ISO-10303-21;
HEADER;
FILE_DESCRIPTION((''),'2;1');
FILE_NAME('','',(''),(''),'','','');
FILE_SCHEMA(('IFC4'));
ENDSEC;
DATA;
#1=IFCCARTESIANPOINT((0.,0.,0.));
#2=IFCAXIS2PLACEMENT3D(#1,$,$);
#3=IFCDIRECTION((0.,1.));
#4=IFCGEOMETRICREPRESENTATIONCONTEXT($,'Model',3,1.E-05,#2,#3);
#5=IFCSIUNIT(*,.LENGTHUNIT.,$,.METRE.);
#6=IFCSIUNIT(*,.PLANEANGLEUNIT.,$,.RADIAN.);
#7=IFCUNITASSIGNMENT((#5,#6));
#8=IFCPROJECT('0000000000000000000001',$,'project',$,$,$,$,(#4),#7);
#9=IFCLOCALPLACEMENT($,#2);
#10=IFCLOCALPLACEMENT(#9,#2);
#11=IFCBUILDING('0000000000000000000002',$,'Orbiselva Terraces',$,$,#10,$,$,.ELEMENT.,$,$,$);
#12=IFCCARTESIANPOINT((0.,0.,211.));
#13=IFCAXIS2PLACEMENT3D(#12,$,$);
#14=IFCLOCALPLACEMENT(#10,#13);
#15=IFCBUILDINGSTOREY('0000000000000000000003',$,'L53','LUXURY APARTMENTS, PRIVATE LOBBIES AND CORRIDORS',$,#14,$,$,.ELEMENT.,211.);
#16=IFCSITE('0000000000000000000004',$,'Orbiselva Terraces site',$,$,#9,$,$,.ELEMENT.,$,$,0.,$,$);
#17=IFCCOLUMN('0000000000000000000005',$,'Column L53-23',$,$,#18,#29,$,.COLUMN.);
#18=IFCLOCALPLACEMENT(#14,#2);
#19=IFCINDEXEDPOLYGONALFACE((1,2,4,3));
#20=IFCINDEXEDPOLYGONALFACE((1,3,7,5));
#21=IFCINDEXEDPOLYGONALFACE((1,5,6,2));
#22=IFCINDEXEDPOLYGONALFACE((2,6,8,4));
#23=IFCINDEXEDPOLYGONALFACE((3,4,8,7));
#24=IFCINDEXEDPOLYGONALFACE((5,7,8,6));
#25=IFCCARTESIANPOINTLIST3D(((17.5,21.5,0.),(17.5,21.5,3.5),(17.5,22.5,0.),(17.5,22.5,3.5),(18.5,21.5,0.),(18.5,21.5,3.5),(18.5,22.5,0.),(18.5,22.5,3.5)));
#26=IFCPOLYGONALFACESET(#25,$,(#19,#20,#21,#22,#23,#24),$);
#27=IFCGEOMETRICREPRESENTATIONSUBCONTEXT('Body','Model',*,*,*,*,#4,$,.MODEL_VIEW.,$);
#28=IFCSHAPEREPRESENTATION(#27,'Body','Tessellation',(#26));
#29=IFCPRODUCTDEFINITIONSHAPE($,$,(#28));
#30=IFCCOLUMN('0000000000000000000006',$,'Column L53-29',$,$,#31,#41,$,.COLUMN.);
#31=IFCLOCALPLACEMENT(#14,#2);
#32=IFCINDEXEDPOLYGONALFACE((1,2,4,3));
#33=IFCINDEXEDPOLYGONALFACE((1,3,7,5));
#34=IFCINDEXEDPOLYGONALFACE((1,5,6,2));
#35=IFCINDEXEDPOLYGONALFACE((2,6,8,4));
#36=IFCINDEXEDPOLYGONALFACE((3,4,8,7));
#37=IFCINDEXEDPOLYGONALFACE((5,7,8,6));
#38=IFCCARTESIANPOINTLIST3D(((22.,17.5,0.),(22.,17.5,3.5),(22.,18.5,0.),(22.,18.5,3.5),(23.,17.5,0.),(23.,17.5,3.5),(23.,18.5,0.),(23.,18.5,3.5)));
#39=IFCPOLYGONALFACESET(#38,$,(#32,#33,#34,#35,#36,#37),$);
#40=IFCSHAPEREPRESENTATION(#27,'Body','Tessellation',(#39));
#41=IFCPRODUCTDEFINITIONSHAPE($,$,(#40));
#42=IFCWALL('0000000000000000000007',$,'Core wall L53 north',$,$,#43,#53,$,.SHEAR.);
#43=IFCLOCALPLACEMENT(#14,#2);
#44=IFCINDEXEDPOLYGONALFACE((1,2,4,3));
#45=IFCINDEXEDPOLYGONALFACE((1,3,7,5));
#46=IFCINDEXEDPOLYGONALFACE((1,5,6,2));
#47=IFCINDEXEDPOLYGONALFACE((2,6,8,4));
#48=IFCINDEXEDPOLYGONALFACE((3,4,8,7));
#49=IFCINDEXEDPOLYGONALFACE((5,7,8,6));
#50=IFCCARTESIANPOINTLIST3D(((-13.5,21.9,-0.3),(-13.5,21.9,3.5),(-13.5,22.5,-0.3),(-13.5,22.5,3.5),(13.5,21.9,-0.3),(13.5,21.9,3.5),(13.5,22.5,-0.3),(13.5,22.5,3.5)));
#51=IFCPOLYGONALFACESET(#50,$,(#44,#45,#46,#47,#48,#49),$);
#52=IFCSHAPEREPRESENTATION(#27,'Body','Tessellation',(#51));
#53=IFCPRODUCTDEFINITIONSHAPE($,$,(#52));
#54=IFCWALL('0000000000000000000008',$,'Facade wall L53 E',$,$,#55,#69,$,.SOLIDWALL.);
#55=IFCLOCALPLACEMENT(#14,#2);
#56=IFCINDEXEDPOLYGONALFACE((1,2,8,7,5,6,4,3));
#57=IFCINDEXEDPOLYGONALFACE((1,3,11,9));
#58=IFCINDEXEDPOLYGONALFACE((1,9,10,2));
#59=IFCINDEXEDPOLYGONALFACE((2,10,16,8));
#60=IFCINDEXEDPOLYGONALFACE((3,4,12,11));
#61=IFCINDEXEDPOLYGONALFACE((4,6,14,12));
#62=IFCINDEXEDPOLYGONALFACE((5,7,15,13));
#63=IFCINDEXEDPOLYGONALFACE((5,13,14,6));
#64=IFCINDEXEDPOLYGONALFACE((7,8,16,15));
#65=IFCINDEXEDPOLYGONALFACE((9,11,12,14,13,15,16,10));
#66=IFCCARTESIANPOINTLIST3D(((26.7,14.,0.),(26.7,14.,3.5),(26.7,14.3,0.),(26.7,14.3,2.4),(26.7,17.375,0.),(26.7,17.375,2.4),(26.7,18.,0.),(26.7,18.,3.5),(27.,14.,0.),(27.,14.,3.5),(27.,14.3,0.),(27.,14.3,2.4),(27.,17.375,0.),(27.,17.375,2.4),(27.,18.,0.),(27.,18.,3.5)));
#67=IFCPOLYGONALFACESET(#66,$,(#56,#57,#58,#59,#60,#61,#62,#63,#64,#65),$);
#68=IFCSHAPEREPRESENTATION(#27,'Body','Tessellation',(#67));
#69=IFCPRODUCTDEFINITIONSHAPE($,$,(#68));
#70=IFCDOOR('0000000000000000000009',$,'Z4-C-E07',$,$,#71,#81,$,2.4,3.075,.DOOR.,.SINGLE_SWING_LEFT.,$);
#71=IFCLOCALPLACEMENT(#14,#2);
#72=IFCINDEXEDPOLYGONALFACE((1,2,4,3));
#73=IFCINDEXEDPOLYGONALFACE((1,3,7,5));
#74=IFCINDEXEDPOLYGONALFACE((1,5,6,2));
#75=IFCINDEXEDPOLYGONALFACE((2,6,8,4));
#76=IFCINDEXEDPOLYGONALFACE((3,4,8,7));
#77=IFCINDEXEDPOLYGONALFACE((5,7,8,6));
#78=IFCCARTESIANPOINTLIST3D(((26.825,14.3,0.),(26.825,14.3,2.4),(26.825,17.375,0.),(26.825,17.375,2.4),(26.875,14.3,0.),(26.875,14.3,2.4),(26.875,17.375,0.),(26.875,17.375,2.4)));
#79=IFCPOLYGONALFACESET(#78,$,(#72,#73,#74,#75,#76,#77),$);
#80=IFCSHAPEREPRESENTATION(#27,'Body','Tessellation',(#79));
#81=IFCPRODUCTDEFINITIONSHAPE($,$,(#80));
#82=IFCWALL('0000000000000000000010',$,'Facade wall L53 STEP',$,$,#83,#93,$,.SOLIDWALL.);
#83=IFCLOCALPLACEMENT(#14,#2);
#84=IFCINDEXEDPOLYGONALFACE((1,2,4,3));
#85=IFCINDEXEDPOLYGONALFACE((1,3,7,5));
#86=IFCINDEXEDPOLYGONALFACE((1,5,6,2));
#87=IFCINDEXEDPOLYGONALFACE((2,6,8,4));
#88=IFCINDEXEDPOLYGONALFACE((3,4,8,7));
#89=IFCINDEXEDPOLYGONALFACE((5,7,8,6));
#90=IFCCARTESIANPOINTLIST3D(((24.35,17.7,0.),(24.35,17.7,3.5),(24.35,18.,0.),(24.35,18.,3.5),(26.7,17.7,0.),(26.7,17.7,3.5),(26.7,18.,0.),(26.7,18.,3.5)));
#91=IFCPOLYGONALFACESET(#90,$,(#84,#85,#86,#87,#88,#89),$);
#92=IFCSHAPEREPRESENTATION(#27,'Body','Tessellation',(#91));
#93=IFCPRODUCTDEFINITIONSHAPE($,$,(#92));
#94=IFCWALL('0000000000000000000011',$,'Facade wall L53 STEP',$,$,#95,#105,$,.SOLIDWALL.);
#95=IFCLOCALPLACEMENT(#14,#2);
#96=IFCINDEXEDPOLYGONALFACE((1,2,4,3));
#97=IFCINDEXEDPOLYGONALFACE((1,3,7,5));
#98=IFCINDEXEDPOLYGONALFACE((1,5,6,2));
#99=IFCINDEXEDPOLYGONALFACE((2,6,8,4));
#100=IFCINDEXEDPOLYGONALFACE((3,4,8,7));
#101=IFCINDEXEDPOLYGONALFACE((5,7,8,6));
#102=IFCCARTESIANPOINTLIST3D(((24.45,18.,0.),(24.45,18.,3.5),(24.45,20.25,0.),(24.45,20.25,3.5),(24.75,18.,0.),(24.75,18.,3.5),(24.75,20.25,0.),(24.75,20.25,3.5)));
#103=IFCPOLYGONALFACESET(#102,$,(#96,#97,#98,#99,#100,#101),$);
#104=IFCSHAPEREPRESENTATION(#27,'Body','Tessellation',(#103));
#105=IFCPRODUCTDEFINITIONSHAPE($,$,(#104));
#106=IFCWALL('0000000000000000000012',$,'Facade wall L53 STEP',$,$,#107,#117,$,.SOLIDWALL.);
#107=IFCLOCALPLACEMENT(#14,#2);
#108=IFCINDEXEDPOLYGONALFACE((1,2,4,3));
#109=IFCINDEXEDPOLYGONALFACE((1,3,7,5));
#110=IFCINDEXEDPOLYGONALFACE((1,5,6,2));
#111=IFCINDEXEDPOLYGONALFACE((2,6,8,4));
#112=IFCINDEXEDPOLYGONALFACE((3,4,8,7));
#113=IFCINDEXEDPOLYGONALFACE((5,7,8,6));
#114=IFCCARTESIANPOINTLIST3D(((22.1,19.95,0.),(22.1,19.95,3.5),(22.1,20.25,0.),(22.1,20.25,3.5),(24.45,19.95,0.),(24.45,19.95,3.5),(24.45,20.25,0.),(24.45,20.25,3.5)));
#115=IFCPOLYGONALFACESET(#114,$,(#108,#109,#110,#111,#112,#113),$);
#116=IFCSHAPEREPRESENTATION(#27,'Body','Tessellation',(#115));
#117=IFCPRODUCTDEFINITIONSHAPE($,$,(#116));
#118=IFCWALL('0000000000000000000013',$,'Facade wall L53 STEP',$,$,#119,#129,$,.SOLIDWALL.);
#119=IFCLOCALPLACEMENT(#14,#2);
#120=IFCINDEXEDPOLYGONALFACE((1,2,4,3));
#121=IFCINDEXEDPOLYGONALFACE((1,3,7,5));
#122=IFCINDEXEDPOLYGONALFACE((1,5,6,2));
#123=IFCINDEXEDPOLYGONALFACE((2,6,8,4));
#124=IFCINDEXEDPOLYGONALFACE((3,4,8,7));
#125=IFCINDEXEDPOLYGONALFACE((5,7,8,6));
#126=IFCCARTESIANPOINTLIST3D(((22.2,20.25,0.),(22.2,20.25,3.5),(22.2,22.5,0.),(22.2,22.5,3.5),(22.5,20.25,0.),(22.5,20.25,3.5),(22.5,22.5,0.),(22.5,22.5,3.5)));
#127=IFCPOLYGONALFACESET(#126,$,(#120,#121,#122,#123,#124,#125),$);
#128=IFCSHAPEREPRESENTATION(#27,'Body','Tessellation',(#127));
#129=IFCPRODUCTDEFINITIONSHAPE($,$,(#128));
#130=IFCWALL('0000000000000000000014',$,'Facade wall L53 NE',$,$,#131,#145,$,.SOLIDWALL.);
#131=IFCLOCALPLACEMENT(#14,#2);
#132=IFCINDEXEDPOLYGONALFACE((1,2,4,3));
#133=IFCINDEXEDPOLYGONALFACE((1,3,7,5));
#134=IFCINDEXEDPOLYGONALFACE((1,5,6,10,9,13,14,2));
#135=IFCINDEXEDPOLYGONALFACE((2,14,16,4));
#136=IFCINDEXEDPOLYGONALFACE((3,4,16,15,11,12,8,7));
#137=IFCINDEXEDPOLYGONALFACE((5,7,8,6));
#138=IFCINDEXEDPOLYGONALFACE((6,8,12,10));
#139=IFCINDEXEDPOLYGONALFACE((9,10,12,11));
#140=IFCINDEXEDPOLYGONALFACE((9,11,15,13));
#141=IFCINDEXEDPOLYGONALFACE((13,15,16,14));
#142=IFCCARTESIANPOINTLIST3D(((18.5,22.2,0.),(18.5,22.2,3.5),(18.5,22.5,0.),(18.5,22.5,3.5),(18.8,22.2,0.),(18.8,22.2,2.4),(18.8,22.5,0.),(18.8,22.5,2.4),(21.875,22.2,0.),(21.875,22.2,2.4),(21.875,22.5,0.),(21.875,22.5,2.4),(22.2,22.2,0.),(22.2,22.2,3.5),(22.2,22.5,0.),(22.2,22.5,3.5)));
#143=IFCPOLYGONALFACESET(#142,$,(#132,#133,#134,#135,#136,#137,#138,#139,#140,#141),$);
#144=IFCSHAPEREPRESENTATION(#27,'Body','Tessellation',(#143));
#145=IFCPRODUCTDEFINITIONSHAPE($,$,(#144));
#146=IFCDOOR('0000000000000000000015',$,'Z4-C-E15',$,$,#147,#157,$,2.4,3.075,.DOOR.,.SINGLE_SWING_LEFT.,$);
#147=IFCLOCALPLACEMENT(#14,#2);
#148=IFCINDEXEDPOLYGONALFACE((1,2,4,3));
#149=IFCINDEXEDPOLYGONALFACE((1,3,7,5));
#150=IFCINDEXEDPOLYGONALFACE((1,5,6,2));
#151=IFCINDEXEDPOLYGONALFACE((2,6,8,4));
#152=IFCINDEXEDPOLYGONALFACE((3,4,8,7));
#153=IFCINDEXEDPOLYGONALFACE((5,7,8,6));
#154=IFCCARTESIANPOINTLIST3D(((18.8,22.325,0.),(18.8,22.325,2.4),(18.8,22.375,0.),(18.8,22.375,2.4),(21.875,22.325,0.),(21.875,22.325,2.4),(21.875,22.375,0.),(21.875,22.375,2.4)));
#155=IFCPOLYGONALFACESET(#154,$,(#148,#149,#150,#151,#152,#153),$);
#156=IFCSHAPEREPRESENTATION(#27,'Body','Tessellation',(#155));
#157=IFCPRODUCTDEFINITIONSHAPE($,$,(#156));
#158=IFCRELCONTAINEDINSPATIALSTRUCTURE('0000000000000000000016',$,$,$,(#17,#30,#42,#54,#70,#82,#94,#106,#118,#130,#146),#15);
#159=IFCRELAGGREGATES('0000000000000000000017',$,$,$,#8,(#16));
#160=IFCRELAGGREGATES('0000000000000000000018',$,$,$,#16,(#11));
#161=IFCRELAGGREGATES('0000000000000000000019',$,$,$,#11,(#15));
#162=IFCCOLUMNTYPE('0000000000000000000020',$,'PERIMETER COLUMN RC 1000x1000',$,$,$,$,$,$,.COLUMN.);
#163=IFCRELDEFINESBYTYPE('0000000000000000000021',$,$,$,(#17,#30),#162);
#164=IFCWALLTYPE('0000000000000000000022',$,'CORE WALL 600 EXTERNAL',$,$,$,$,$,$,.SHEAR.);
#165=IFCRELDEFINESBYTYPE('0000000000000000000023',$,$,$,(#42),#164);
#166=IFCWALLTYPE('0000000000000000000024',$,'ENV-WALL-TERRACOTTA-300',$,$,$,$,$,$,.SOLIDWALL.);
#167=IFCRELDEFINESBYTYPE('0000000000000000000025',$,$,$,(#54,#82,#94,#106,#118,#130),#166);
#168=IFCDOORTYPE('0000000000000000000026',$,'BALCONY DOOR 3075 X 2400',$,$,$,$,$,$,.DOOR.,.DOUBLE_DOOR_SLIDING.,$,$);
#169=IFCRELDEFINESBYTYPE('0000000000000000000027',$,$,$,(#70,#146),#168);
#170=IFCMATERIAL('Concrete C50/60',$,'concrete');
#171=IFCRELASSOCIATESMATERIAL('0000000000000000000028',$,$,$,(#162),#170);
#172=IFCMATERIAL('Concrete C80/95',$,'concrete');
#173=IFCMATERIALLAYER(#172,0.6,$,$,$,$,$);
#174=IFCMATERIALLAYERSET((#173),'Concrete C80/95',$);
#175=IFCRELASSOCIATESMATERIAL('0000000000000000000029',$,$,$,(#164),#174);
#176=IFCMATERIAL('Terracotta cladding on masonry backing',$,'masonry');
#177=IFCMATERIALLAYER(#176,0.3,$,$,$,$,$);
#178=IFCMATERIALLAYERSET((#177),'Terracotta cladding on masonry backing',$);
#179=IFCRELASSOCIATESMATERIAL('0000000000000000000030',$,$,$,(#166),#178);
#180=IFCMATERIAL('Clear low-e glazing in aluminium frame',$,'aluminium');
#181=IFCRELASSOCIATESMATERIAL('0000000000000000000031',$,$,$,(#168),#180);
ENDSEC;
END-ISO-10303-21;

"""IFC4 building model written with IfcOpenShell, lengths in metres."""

from ifc_helpers import new_model, si_unit, direction, frame, frame_2d, origin, origin_2d, place, context, subcontext, project, spatial, rectangle, extrude, material, layer, layer_set, material_profile, profile_set, type_object, element, fill, save


model = new_model("IFC4")

# Units and contexts
model_context = context("Model", 3, precision=1e-05, world=origin(), true_north=direction((0.0, 1.0)))
body_context = subcontext(model_context, "Body", "Model", "MODEL_VIEW")
ifc_project = project(units=[si_unit("LENGTHUNIT", "METRE"), si_unit("PLANEANGLEUNIT", "RADIAN")], contexts=[model_context])

# Site, building, storey
site_placement = place(None, origin())
site = spatial("IfcSite", under=ifc_project, at=site_placement, Name="Orbiselva Terraces site", CompositionType="ELEMENT", RefElevation=0.0)
building_placement = place(site_placement, origin())
building = spatial("IfcBuilding", under=site, at=building_placement, Name="Orbiselva Terraces", CompositionType="ELEMENT")
storey_placement = place(building_placement, frame((0.0, 0.0, 211.0)))
storey = spatial("IfcBuildingStorey", under=building, at=storey_placement, Name="L53", Description="LUXURY APARTMENTS, PRIVATE LOBBIES AND CORRIDORS", CompositionType="ELEMENT", Elevation=211.0)

# Columns
ifc_material_1 = material(Name="Concrete C50/60", Category="concrete")
ifc_material_profile = material_profile(ifc_material_1, rectangle(XDim=1.0, YDim=1.0, at=origin_2d()), Name="RC 1000x1000")
ifc_profile_set = profile_set([ifc_material_profile], Name="Concrete C50/60")
column_type = type_object("IfcColumnType", Name="PERIMETER COLUMN RC 1000x1000", PredefinedType="COLUMN", material=ifc_profile_set)
for number, where, z_axis, x_axis, name in (
    (1, (18.0, 22.0, 0.0), (0.0, 0.0, 1.0), (1.0, 0.0, 0.0), "Column L53-23"),
    (2, (22.5, 18.0, 0.0), (0.0, 0.0, 1.0), (1.0, 0.0, 0.0), "Column L53-29"),
):
    element("IfcColumn", number, at=place(storey_placement, frame(where, z_axis=z_axis, x_axis=x_axis)), inside=storey, type_object=column_type, Name=name, PredefinedType="COLUMN", context=body_context, shape_type="SweptSolid", body=[
        extrude(rectangle(XDim=1.0, YDim=1.0, at=origin_2d()), origin(), (0.0, 0.0, 1.0), 3.5),
    ])

# Wall
ifc_material_2 = material(Name="Concrete C80/95", Category="concrete")
ifc_layer_1 = layer(ifc_material_2, 0.6)
ifc_layer_set_1 = layer_set([ifc_layer_1], Name="Concrete C80/95")
wall_type_1 = type_object("IfcWallType", Name="CORE WALL 600 EXTERNAL", PredefinedType="SHEAR", material=ifc_layer_set_1)
wall_1_placement = place(storey_placement, frame((13.5, 22.2, -0.3), z_axis=(0.0, 0.0, 1.0), x_axis=(-1.0, 0.0, 0.0)))
element("IfcWall", 3, at=wall_1_placement, inside=storey, type_object=wall_type_1, Name="Core wall L53 north", PredefinedType="SHEAR", context=body_context, shape_type="SweptSolid", body=[
    extrude(rectangle(XDim=27.0, YDim=0.6, at=frame_2d((13.5, 0.0))), origin(), (0.0, 0.0, 1.0), 3.8),
])

# Wall, opening, door
ifc_material_3 = material(Name="Terracotta cladding on masonry backing", Category="masonry")
ifc_layer_2 = layer(ifc_material_3, 0.3)
ifc_layer_set_2 = layer_set([ifc_layer_2], Name="Terracotta cladding on masonry backing")
wall_type_2 = type_object("IfcWallType", Name="ENV-WALL-TERRACOTTA-300", PredefinedType="SOLIDWALL", material=ifc_layer_set_2)
wall_2_placement = place(storey_placement, frame((26.85, 18.0, 0.0), z_axis=(0.0, 0.0, 1.0), x_axis=(0.0, -1.0, 0.0)))
wall_2 = element("IfcWall", 4, at=wall_2_placement, inside=storey, type_object=wall_type_2, Name="Facade wall L53 E", PredefinedType="SOLIDWALL", context=body_context, shape_type="SweptSolid", body=[
    extrude(rectangle(XDim=4.0, YDim=0.3, at=frame_2d((2.0, 0.0))), origin(), (0.0, 0.0, 1.0), 3.5),
])
opening_1_placement = place(wall_2_placement, frame((0.625, 0.0, 0.0)))
opening_1 = element("IfcOpeningElement", 5, at=opening_1_placement, cuts=wall_2, PredefinedType="OPENING", context=body_context, shape_type="SweptSolid", body=[
    extrude(rectangle(XDim=3.075, YDim=2.4, at=frame_2d((1.5375, 1.2))), frame((0.0, 0.16, 0.0), z_axis=(0.0, -1.0, 0.0), x_axis=(1.0, 0.0, 0.0)), (0.0, 0.0, 1.0), 0.32),
])
ifc_material_4 = material(Name="Clear low-e glazing in aluminium frame", Category="aluminium")
door_type_1 = type_object("IfcDoorType", Name="BALCONY DOOR 3075 X 2400", OperationType="DOUBLE_DOOR_SLIDING", PredefinedType="DOOR", material=ifc_material_4)
door_1_placement = place(opening_1_placement, origin())
door_1 = element("IfcDoor", 6, at=door_1_placement, inside=storey, type_object=door_type_1, Name="Z4-C-E07", OperationType="SINGLE_SWING_LEFT", OverallHeight=2.4, OverallWidth=3.075, PredefinedType="DOOR", context=body_context, shape_type="SweptSolid", body=[
    extrude(rectangle(XDim=3.075, YDim=2.4, at=frame_2d((1.5375, 1.2))), frame((0.0, 0.025, 0.0), z_axis=(0.0, -1.0, 0.0), x_axis=(1.0, 0.0, 0.0)), (0.0, 0.0, 1.0), 0.05),
])
fill(opening_1, door_1)

# Walls
wall_3_placement = place(storey_placement, frame((24.35, 17.85, 0.0), z_axis=(0.0, 0.0, 1.0), x_axis=(1.0, 0.0, 0.0)))
element("IfcWall", 7, at=wall_3_placement, inside=storey, type_object=wall_type_2, Name="Facade wall L53 STEP", PredefinedType="SOLIDWALL", context=body_context, shape_type="SweptSolid", body=[
    extrude(rectangle(XDim=2.35, YDim=0.3, at=frame_2d((1.175, 0.0))), origin(), (0.0, 0.0, 1.0), 3.5),
])
wall_4_placement = place(storey_placement, frame((24.6, 20.25, 0.0), z_axis=(0.0, 0.0, 1.0), x_axis=(0.0, -1.0, 0.0)))
element("IfcWall", 8, at=wall_4_placement, inside=storey, type_object=wall_type_2, Name="Facade wall L53 STEP", PredefinedType="SOLIDWALL", context=body_context, shape_type="SweptSolid", body=[
    extrude(rectangle(XDim=2.25, YDim=0.3, at=frame_2d((1.125, 0.0))), origin(), (0.0, 0.0, 1.0), 3.5),
])
wall_5_placement = place(storey_placement, frame((22.1, 20.1, 0.0), z_axis=(0.0, 0.0, 1.0), x_axis=(1.0, 0.0, 0.0)))
element("IfcWall", 9, at=wall_5_placement, inside=storey, type_object=wall_type_2, Name="Facade wall L53 STEP", PredefinedType="SOLIDWALL", context=body_context, shape_type="SweptSolid", body=[
    extrude(rectangle(XDim=2.35, YDim=0.3, at=frame_2d((1.175, 0.0))), origin(), (0.0, 0.0, 1.0), 3.5),
])
wall_6_placement = place(storey_placement, frame((22.35, 22.5, 0.0), z_axis=(0.0, 0.0, 1.0), x_axis=(0.0, -1.0, 0.0)))
element("IfcWall", 10, at=wall_6_placement, inside=storey, type_object=wall_type_2, Name="Facade wall L53 STEP", PredefinedType="SOLIDWALL", context=body_context, shape_type="SweptSolid", body=[
    extrude(rectangle(XDim=2.25, YDim=0.3, at=frame_2d((1.125, 0.0))), origin(), (0.0, 0.0, 1.0), 3.5),
])

# Wall, opening, door
wall_7_placement = place(storey_placement, frame((18.5, 22.35, 0.0), z_axis=(0.0, 0.0, 1.0), x_axis=(1.0, 0.0, 0.0)))
wall_7 = element("IfcWall", 11, at=wall_7_placement, inside=storey, type_object=wall_type_2, Name="Facade wall L53 NE", PredefinedType="SOLIDWALL", context=body_context, shape_type="SweptSolid", body=[
    extrude(rectangle(XDim=3.7, YDim=0.3, at=frame_2d((1.85, 0.0))), origin(), (0.0, 0.0, 1.0), 3.5),
])
opening_2_placement = place(wall_7_placement, frame((0.3, 0.0, 0.0)))
opening_2 = element("IfcOpeningElement", 12, at=opening_2_placement, cuts=wall_7, PredefinedType="OPENING", context=body_context, shape_type="SweptSolid", body=[
    extrude(rectangle(XDim=3.075, YDim=2.4, at=frame_2d((1.5375, 1.2))), frame((0.0, 0.16, 0.0), z_axis=(0.0, -1.0, 0.0), x_axis=(1.0, 0.0, 0.0)), (0.0, 0.0, 1.0), 0.32),
])
door_2_placement = place(opening_2_placement, origin())
door_2 = element("IfcDoor", 13, at=door_2_placement, inside=storey, type_object=door_type_1, Name="Z4-C-E15", OperationType="SINGLE_SWING_LEFT", OverallHeight=2.4, OverallWidth=3.075, PredefinedType="DOOR", context=body_context, shape_type="SweptSolid", body=[
    extrude(rectangle(XDim=3.075, YDim=2.4, at=frame_2d((1.5375, 1.2))), frame((0.0, 0.025, 0.0), z_axis=(0.0, -1.0, 0.0), x_axis=(1.0, 0.0, 0.0)), (0.0, 0.0, 1.0), 0.05),
])
fill(opening_2, door_2)

save(model, "model.ifc")
